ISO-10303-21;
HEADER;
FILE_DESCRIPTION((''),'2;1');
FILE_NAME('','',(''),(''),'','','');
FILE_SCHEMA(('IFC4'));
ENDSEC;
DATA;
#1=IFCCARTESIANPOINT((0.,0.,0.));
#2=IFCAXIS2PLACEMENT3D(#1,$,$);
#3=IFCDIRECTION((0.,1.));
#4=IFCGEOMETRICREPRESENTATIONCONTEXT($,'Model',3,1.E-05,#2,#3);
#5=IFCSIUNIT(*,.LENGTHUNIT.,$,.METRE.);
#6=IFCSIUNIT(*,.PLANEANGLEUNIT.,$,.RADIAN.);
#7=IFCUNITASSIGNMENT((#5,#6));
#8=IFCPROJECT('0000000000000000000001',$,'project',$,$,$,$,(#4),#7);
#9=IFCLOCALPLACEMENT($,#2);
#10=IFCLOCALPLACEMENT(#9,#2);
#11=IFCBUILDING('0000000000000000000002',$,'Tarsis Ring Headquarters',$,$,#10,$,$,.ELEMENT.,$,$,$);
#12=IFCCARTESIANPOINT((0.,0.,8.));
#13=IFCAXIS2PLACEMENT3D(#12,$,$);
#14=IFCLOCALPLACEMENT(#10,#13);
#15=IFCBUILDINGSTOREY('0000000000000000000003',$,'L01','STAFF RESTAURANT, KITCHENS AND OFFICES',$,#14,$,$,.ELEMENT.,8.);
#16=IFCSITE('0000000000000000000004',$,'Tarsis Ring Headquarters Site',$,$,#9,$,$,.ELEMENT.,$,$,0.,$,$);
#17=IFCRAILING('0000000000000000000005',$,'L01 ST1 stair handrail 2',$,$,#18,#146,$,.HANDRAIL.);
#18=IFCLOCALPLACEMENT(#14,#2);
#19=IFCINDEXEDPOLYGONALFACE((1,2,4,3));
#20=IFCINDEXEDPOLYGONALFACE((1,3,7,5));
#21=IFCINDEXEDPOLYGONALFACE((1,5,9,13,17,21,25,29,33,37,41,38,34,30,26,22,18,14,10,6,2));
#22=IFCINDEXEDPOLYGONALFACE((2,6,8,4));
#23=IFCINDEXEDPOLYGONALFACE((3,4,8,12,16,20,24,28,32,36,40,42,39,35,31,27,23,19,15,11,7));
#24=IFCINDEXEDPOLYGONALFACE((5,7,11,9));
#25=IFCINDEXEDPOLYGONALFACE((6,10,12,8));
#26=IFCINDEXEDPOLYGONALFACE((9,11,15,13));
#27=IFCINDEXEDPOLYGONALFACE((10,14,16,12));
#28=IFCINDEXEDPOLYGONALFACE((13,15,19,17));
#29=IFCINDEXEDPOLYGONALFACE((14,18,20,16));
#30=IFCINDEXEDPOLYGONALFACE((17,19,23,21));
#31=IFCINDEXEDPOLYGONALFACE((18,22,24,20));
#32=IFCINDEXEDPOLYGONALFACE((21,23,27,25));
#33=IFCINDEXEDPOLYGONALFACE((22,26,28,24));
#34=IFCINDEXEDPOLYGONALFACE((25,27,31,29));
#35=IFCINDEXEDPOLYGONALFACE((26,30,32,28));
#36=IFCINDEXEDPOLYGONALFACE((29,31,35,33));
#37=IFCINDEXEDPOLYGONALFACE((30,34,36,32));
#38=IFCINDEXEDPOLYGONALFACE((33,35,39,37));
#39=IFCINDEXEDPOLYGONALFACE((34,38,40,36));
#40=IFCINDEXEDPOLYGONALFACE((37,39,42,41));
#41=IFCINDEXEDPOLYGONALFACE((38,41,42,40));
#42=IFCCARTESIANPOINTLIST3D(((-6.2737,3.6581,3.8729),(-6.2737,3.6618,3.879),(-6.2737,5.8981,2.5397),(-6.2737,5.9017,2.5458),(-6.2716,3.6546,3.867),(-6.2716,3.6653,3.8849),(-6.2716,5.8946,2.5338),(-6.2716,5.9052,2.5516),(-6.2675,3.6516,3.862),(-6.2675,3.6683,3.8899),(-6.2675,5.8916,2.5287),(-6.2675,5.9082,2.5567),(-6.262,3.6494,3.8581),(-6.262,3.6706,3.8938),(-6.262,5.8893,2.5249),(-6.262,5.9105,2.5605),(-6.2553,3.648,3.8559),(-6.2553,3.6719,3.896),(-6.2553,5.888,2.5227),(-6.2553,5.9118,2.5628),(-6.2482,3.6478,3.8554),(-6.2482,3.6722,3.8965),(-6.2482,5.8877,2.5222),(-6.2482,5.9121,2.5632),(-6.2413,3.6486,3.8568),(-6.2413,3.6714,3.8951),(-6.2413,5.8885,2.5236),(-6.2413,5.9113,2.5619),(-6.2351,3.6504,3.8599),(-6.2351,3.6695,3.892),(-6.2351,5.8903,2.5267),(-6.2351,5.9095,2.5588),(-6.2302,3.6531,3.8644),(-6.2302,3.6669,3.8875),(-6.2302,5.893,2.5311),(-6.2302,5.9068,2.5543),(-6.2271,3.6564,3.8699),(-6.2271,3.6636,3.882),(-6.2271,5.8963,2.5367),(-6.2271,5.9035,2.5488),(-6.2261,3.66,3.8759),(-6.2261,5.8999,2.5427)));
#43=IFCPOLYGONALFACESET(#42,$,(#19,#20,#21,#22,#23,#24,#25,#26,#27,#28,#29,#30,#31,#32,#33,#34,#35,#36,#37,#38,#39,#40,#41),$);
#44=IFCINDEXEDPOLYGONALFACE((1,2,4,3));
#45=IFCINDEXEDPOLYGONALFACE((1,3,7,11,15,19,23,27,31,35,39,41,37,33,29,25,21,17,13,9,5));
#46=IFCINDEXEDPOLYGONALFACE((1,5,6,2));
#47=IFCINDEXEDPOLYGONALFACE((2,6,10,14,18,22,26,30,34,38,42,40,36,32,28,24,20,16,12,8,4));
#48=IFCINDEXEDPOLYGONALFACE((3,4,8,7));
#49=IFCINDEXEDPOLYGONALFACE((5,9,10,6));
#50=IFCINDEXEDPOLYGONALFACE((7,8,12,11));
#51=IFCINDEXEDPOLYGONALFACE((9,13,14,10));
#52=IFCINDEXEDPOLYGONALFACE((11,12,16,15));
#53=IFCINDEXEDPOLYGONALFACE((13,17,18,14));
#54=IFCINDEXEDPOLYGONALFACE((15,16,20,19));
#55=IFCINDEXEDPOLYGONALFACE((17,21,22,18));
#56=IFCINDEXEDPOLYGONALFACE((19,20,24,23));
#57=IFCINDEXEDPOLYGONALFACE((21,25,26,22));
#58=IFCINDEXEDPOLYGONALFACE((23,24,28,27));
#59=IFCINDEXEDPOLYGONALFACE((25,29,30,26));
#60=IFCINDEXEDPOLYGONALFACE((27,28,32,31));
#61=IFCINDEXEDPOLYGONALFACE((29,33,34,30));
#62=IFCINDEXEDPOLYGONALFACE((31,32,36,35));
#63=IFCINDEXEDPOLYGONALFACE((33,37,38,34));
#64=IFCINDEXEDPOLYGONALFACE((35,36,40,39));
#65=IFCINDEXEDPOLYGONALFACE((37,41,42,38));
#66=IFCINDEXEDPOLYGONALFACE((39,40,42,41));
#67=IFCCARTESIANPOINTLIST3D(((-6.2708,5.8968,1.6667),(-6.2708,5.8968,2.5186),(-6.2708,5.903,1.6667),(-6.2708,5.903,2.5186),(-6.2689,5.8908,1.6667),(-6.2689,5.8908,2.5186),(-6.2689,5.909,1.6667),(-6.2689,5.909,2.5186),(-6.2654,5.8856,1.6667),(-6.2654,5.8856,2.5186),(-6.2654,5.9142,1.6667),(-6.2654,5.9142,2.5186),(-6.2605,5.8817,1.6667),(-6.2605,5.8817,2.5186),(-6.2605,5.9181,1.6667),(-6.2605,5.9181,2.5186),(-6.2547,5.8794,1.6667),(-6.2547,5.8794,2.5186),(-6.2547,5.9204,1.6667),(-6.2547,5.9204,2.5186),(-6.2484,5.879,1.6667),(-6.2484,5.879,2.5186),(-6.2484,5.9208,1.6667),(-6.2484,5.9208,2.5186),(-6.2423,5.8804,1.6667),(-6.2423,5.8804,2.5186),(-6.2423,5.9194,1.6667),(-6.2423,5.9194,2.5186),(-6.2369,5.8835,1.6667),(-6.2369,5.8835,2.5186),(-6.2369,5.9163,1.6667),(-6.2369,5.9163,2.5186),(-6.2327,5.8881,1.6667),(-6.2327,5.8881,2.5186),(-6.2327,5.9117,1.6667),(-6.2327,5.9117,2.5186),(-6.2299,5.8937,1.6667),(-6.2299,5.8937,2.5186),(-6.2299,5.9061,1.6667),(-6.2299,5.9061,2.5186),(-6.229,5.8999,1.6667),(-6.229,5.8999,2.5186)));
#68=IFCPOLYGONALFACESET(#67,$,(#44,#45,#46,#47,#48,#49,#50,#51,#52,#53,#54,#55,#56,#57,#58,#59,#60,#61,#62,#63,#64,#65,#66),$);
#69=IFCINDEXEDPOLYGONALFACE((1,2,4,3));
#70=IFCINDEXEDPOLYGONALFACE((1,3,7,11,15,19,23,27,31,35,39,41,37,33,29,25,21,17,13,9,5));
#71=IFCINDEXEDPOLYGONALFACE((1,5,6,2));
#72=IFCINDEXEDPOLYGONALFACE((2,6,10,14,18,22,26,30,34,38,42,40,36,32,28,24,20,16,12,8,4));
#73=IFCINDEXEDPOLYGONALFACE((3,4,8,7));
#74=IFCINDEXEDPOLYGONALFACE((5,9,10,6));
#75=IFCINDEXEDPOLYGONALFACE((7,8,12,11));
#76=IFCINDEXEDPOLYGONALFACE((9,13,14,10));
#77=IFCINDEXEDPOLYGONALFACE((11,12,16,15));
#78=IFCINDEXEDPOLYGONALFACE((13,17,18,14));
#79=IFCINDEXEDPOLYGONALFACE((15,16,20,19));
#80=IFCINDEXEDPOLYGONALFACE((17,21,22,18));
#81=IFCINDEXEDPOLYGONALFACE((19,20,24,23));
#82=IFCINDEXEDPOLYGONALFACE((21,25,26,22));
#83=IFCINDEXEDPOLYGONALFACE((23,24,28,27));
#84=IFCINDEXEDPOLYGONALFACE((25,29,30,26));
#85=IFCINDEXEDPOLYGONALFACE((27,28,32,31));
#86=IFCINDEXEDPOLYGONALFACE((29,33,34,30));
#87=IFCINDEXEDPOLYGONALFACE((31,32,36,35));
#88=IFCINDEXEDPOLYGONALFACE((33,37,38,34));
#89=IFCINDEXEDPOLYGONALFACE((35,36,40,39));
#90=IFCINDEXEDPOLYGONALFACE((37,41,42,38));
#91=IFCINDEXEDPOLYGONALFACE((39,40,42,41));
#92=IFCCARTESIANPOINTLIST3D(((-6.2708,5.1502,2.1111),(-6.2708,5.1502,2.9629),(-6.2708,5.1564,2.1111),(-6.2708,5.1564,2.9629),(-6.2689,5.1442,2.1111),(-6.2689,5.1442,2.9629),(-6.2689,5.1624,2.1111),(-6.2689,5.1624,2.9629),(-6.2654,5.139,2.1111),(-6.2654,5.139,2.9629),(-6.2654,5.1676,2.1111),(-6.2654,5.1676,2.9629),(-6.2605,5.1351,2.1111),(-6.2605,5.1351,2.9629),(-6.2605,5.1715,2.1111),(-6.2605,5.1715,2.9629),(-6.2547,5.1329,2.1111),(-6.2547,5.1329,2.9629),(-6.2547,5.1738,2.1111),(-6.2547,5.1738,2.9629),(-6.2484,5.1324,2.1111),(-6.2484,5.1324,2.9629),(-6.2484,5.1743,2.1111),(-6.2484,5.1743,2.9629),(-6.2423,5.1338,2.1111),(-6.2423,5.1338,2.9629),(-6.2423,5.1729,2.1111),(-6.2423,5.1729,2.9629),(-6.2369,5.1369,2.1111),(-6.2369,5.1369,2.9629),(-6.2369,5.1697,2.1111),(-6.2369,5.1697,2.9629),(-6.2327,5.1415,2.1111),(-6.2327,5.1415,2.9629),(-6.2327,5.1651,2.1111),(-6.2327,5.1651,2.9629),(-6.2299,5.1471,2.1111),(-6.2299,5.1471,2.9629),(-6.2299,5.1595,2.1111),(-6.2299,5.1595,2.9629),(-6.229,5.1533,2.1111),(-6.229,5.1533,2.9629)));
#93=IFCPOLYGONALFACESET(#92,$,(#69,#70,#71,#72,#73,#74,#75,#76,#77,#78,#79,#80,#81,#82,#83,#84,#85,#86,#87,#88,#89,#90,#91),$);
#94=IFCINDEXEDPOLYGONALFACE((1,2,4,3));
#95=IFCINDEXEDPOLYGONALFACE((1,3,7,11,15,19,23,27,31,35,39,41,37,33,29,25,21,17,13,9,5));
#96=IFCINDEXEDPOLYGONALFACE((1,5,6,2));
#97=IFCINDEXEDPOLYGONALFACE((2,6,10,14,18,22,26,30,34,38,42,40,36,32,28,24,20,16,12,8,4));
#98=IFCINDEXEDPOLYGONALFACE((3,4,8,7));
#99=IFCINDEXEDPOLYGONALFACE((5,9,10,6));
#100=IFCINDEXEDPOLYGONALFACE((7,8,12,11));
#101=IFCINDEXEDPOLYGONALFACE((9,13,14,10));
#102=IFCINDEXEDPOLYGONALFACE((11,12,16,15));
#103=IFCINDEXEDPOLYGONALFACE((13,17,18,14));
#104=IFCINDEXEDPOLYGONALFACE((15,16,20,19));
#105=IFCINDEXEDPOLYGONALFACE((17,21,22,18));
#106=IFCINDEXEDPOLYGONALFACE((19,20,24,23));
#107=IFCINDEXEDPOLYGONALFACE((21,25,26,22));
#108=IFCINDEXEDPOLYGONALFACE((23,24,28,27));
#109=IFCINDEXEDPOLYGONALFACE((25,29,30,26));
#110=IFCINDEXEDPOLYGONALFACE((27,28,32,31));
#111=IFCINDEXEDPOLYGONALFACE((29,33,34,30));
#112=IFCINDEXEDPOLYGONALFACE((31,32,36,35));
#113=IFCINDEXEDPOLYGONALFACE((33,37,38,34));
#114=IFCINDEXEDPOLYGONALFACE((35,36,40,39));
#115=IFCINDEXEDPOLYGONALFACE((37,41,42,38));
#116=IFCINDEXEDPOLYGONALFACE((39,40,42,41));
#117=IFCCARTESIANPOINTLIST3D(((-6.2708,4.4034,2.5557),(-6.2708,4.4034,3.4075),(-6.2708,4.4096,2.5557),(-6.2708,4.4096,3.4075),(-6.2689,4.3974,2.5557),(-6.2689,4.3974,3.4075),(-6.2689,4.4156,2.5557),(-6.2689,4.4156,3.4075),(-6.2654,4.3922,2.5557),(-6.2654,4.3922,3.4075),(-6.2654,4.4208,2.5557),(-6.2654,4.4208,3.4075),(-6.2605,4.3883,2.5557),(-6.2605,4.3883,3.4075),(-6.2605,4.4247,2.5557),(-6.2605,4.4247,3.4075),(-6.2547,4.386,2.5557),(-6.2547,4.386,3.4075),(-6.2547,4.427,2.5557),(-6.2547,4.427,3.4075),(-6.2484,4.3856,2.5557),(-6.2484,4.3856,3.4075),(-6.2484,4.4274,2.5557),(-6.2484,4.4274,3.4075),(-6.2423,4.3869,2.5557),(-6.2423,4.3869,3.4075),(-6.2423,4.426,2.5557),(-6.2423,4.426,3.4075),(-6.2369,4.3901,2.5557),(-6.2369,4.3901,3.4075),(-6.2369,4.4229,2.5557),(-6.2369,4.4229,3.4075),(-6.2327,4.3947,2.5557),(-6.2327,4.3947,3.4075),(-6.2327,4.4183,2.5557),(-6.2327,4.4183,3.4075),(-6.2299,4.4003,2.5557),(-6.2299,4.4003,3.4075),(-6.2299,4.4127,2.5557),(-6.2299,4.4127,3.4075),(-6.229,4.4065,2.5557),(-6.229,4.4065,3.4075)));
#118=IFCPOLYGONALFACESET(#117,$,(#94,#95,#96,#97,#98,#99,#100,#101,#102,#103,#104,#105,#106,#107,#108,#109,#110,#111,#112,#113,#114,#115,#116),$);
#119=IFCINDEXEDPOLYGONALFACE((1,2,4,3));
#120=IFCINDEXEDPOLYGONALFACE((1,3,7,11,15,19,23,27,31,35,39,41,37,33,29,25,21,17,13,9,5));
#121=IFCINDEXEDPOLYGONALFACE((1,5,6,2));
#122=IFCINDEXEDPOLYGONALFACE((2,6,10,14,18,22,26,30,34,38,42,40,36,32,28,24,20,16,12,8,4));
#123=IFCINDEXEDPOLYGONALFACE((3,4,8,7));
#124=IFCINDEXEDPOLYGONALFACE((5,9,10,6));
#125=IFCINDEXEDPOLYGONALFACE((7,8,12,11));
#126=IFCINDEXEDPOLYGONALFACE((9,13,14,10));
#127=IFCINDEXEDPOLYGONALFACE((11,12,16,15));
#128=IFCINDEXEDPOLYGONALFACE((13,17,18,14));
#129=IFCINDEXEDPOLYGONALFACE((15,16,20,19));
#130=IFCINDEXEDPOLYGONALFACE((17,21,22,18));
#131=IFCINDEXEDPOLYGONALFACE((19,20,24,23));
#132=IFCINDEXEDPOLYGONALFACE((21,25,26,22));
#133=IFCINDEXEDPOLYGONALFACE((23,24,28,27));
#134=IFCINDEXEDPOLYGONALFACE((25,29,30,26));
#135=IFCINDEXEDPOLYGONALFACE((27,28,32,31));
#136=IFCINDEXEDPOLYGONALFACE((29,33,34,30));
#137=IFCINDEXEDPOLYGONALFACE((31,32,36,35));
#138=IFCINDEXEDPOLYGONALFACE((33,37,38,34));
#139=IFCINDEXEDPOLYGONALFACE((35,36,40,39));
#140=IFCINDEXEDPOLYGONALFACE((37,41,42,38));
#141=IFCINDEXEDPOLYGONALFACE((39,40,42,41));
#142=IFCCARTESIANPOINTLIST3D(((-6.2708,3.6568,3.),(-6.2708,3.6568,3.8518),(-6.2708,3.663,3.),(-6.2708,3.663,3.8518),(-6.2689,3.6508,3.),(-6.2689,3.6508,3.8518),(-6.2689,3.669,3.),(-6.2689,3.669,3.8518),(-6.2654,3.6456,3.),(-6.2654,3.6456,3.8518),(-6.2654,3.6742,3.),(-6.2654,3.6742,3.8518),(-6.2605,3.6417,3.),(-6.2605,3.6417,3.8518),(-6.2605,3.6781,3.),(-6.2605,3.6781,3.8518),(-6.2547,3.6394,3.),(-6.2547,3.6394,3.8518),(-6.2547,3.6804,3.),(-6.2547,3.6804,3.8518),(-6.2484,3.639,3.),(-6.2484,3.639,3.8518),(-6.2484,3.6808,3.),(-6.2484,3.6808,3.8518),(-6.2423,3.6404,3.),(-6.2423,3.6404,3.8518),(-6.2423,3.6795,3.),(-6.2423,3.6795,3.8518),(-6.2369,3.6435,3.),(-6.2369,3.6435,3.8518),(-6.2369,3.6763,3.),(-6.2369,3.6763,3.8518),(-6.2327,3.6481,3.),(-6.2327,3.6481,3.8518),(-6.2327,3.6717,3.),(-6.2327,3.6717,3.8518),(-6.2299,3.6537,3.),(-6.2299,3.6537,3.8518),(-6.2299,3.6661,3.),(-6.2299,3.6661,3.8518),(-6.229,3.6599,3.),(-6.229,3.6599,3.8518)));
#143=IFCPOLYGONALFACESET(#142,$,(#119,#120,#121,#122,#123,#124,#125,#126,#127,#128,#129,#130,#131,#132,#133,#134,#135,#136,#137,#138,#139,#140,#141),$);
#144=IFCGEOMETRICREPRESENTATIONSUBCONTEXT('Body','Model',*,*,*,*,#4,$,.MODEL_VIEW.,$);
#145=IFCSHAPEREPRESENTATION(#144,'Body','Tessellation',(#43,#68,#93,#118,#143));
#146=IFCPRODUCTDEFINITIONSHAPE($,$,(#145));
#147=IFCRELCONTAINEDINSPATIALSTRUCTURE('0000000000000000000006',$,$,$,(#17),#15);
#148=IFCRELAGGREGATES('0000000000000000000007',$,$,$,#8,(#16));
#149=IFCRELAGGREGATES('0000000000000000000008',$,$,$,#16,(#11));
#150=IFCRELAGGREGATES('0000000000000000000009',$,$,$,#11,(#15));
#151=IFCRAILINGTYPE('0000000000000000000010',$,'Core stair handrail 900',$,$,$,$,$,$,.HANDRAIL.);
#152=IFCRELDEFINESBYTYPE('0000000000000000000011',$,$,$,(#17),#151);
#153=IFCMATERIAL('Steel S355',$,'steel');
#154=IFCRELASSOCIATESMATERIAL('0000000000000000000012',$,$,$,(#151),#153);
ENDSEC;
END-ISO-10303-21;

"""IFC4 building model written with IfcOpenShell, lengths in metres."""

from ifc_helpers import new_model, si_unit, direction, frame, origin, origin_2d, place, context, subcontext, project, spatial, circle, extrude, material, type_object, element, save


model = new_model("IFC4")

# Units and contexts
model_context = context("Model", 3, precision=1e-05, world=origin(), true_north=direction((0.0, 1.0)))
body_context = subcontext(model_context, "Body", "Model", "MODEL_VIEW")
ifc_project = project(units=[si_unit("LENGTHUNIT", "METRE"), si_unit("PLANEANGLEUNIT", "RADIAN")], contexts=[model_context])

# Site, building, storey
site_placement = place(None, origin())
site = spatial("IfcSite", under=ifc_project, at=site_placement, Name="Tarsis Ring Headquarters Site", CompositionType="ELEMENT", RefElevation=0.0)
building_placement = place(site_placement, origin())
building = spatial("IfcBuilding", under=site, at=building_placement, Name="Tarsis Ring Headquarters", CompositionType="ELEMENT")
storey_placement = place(building_placement, frame((0.0, 0.0, 8.0)))
storey = spatial("IfcBuildingStorey", under=building, at=storey_placement, Name="L01", Description="STAFF RESTAURANT, KITCHENS AND OFFICES", CompositionType="ELEMENT", Elevation=8.0)

# Shared definitions
ifc_material_1 = material(Name="Steel S355", Category="steel")

# Railing
railing_type_1 = type_object("IfcRailingType", Name="Core stair handrail 900", PredefinedType="HANDRAIL", material=ifc_material_1)
railing_1_placement = place(storey_placement, frame((-6.25, 5.8999, 1.6667)))
element("IfcRailing", 1, at=railing_1_placement, inside=storey, type_object=railing_type_1, Name="L01 ST1 stair handrail 2", PredefinedType="HANDRAIL", context=body_context, shape_type="SweptSolid", body=[
    extrude(circle(Radius=0.0239, at=origin_2d()), frame((0.0, 0.0, 0.876), z_axis=(0.0, -0.859306, 0.511462), x_axis=(1.0, 0.0, 0.0)), (0.0, 0.0, 1.0), 2.6067),
    extrude(circle(Radius=0.021, at=origin_2d()), origin(), (0.0, 0.0, 1.0), 0.8518),
    extrude(circle(Radius=0.021, at=origin_2d()), frame((0.0, -0.7466, 0.4443)), (0.0, 0.0, 1.0), 0.8518),
    extrude(circle(Radius=0.021, at=origin_2d()), frame((0.0, -1.4934, 0.8889)), (0.0, 0.0, 1.0), 0.8518),
    extrude(circle(Radius=0.021, at=origin_2d()), frame((0.0, -2.24, 1.3333)), (0.0, 0.0, 1.0), 0.8518),
])

save(model, "model.ifc")
